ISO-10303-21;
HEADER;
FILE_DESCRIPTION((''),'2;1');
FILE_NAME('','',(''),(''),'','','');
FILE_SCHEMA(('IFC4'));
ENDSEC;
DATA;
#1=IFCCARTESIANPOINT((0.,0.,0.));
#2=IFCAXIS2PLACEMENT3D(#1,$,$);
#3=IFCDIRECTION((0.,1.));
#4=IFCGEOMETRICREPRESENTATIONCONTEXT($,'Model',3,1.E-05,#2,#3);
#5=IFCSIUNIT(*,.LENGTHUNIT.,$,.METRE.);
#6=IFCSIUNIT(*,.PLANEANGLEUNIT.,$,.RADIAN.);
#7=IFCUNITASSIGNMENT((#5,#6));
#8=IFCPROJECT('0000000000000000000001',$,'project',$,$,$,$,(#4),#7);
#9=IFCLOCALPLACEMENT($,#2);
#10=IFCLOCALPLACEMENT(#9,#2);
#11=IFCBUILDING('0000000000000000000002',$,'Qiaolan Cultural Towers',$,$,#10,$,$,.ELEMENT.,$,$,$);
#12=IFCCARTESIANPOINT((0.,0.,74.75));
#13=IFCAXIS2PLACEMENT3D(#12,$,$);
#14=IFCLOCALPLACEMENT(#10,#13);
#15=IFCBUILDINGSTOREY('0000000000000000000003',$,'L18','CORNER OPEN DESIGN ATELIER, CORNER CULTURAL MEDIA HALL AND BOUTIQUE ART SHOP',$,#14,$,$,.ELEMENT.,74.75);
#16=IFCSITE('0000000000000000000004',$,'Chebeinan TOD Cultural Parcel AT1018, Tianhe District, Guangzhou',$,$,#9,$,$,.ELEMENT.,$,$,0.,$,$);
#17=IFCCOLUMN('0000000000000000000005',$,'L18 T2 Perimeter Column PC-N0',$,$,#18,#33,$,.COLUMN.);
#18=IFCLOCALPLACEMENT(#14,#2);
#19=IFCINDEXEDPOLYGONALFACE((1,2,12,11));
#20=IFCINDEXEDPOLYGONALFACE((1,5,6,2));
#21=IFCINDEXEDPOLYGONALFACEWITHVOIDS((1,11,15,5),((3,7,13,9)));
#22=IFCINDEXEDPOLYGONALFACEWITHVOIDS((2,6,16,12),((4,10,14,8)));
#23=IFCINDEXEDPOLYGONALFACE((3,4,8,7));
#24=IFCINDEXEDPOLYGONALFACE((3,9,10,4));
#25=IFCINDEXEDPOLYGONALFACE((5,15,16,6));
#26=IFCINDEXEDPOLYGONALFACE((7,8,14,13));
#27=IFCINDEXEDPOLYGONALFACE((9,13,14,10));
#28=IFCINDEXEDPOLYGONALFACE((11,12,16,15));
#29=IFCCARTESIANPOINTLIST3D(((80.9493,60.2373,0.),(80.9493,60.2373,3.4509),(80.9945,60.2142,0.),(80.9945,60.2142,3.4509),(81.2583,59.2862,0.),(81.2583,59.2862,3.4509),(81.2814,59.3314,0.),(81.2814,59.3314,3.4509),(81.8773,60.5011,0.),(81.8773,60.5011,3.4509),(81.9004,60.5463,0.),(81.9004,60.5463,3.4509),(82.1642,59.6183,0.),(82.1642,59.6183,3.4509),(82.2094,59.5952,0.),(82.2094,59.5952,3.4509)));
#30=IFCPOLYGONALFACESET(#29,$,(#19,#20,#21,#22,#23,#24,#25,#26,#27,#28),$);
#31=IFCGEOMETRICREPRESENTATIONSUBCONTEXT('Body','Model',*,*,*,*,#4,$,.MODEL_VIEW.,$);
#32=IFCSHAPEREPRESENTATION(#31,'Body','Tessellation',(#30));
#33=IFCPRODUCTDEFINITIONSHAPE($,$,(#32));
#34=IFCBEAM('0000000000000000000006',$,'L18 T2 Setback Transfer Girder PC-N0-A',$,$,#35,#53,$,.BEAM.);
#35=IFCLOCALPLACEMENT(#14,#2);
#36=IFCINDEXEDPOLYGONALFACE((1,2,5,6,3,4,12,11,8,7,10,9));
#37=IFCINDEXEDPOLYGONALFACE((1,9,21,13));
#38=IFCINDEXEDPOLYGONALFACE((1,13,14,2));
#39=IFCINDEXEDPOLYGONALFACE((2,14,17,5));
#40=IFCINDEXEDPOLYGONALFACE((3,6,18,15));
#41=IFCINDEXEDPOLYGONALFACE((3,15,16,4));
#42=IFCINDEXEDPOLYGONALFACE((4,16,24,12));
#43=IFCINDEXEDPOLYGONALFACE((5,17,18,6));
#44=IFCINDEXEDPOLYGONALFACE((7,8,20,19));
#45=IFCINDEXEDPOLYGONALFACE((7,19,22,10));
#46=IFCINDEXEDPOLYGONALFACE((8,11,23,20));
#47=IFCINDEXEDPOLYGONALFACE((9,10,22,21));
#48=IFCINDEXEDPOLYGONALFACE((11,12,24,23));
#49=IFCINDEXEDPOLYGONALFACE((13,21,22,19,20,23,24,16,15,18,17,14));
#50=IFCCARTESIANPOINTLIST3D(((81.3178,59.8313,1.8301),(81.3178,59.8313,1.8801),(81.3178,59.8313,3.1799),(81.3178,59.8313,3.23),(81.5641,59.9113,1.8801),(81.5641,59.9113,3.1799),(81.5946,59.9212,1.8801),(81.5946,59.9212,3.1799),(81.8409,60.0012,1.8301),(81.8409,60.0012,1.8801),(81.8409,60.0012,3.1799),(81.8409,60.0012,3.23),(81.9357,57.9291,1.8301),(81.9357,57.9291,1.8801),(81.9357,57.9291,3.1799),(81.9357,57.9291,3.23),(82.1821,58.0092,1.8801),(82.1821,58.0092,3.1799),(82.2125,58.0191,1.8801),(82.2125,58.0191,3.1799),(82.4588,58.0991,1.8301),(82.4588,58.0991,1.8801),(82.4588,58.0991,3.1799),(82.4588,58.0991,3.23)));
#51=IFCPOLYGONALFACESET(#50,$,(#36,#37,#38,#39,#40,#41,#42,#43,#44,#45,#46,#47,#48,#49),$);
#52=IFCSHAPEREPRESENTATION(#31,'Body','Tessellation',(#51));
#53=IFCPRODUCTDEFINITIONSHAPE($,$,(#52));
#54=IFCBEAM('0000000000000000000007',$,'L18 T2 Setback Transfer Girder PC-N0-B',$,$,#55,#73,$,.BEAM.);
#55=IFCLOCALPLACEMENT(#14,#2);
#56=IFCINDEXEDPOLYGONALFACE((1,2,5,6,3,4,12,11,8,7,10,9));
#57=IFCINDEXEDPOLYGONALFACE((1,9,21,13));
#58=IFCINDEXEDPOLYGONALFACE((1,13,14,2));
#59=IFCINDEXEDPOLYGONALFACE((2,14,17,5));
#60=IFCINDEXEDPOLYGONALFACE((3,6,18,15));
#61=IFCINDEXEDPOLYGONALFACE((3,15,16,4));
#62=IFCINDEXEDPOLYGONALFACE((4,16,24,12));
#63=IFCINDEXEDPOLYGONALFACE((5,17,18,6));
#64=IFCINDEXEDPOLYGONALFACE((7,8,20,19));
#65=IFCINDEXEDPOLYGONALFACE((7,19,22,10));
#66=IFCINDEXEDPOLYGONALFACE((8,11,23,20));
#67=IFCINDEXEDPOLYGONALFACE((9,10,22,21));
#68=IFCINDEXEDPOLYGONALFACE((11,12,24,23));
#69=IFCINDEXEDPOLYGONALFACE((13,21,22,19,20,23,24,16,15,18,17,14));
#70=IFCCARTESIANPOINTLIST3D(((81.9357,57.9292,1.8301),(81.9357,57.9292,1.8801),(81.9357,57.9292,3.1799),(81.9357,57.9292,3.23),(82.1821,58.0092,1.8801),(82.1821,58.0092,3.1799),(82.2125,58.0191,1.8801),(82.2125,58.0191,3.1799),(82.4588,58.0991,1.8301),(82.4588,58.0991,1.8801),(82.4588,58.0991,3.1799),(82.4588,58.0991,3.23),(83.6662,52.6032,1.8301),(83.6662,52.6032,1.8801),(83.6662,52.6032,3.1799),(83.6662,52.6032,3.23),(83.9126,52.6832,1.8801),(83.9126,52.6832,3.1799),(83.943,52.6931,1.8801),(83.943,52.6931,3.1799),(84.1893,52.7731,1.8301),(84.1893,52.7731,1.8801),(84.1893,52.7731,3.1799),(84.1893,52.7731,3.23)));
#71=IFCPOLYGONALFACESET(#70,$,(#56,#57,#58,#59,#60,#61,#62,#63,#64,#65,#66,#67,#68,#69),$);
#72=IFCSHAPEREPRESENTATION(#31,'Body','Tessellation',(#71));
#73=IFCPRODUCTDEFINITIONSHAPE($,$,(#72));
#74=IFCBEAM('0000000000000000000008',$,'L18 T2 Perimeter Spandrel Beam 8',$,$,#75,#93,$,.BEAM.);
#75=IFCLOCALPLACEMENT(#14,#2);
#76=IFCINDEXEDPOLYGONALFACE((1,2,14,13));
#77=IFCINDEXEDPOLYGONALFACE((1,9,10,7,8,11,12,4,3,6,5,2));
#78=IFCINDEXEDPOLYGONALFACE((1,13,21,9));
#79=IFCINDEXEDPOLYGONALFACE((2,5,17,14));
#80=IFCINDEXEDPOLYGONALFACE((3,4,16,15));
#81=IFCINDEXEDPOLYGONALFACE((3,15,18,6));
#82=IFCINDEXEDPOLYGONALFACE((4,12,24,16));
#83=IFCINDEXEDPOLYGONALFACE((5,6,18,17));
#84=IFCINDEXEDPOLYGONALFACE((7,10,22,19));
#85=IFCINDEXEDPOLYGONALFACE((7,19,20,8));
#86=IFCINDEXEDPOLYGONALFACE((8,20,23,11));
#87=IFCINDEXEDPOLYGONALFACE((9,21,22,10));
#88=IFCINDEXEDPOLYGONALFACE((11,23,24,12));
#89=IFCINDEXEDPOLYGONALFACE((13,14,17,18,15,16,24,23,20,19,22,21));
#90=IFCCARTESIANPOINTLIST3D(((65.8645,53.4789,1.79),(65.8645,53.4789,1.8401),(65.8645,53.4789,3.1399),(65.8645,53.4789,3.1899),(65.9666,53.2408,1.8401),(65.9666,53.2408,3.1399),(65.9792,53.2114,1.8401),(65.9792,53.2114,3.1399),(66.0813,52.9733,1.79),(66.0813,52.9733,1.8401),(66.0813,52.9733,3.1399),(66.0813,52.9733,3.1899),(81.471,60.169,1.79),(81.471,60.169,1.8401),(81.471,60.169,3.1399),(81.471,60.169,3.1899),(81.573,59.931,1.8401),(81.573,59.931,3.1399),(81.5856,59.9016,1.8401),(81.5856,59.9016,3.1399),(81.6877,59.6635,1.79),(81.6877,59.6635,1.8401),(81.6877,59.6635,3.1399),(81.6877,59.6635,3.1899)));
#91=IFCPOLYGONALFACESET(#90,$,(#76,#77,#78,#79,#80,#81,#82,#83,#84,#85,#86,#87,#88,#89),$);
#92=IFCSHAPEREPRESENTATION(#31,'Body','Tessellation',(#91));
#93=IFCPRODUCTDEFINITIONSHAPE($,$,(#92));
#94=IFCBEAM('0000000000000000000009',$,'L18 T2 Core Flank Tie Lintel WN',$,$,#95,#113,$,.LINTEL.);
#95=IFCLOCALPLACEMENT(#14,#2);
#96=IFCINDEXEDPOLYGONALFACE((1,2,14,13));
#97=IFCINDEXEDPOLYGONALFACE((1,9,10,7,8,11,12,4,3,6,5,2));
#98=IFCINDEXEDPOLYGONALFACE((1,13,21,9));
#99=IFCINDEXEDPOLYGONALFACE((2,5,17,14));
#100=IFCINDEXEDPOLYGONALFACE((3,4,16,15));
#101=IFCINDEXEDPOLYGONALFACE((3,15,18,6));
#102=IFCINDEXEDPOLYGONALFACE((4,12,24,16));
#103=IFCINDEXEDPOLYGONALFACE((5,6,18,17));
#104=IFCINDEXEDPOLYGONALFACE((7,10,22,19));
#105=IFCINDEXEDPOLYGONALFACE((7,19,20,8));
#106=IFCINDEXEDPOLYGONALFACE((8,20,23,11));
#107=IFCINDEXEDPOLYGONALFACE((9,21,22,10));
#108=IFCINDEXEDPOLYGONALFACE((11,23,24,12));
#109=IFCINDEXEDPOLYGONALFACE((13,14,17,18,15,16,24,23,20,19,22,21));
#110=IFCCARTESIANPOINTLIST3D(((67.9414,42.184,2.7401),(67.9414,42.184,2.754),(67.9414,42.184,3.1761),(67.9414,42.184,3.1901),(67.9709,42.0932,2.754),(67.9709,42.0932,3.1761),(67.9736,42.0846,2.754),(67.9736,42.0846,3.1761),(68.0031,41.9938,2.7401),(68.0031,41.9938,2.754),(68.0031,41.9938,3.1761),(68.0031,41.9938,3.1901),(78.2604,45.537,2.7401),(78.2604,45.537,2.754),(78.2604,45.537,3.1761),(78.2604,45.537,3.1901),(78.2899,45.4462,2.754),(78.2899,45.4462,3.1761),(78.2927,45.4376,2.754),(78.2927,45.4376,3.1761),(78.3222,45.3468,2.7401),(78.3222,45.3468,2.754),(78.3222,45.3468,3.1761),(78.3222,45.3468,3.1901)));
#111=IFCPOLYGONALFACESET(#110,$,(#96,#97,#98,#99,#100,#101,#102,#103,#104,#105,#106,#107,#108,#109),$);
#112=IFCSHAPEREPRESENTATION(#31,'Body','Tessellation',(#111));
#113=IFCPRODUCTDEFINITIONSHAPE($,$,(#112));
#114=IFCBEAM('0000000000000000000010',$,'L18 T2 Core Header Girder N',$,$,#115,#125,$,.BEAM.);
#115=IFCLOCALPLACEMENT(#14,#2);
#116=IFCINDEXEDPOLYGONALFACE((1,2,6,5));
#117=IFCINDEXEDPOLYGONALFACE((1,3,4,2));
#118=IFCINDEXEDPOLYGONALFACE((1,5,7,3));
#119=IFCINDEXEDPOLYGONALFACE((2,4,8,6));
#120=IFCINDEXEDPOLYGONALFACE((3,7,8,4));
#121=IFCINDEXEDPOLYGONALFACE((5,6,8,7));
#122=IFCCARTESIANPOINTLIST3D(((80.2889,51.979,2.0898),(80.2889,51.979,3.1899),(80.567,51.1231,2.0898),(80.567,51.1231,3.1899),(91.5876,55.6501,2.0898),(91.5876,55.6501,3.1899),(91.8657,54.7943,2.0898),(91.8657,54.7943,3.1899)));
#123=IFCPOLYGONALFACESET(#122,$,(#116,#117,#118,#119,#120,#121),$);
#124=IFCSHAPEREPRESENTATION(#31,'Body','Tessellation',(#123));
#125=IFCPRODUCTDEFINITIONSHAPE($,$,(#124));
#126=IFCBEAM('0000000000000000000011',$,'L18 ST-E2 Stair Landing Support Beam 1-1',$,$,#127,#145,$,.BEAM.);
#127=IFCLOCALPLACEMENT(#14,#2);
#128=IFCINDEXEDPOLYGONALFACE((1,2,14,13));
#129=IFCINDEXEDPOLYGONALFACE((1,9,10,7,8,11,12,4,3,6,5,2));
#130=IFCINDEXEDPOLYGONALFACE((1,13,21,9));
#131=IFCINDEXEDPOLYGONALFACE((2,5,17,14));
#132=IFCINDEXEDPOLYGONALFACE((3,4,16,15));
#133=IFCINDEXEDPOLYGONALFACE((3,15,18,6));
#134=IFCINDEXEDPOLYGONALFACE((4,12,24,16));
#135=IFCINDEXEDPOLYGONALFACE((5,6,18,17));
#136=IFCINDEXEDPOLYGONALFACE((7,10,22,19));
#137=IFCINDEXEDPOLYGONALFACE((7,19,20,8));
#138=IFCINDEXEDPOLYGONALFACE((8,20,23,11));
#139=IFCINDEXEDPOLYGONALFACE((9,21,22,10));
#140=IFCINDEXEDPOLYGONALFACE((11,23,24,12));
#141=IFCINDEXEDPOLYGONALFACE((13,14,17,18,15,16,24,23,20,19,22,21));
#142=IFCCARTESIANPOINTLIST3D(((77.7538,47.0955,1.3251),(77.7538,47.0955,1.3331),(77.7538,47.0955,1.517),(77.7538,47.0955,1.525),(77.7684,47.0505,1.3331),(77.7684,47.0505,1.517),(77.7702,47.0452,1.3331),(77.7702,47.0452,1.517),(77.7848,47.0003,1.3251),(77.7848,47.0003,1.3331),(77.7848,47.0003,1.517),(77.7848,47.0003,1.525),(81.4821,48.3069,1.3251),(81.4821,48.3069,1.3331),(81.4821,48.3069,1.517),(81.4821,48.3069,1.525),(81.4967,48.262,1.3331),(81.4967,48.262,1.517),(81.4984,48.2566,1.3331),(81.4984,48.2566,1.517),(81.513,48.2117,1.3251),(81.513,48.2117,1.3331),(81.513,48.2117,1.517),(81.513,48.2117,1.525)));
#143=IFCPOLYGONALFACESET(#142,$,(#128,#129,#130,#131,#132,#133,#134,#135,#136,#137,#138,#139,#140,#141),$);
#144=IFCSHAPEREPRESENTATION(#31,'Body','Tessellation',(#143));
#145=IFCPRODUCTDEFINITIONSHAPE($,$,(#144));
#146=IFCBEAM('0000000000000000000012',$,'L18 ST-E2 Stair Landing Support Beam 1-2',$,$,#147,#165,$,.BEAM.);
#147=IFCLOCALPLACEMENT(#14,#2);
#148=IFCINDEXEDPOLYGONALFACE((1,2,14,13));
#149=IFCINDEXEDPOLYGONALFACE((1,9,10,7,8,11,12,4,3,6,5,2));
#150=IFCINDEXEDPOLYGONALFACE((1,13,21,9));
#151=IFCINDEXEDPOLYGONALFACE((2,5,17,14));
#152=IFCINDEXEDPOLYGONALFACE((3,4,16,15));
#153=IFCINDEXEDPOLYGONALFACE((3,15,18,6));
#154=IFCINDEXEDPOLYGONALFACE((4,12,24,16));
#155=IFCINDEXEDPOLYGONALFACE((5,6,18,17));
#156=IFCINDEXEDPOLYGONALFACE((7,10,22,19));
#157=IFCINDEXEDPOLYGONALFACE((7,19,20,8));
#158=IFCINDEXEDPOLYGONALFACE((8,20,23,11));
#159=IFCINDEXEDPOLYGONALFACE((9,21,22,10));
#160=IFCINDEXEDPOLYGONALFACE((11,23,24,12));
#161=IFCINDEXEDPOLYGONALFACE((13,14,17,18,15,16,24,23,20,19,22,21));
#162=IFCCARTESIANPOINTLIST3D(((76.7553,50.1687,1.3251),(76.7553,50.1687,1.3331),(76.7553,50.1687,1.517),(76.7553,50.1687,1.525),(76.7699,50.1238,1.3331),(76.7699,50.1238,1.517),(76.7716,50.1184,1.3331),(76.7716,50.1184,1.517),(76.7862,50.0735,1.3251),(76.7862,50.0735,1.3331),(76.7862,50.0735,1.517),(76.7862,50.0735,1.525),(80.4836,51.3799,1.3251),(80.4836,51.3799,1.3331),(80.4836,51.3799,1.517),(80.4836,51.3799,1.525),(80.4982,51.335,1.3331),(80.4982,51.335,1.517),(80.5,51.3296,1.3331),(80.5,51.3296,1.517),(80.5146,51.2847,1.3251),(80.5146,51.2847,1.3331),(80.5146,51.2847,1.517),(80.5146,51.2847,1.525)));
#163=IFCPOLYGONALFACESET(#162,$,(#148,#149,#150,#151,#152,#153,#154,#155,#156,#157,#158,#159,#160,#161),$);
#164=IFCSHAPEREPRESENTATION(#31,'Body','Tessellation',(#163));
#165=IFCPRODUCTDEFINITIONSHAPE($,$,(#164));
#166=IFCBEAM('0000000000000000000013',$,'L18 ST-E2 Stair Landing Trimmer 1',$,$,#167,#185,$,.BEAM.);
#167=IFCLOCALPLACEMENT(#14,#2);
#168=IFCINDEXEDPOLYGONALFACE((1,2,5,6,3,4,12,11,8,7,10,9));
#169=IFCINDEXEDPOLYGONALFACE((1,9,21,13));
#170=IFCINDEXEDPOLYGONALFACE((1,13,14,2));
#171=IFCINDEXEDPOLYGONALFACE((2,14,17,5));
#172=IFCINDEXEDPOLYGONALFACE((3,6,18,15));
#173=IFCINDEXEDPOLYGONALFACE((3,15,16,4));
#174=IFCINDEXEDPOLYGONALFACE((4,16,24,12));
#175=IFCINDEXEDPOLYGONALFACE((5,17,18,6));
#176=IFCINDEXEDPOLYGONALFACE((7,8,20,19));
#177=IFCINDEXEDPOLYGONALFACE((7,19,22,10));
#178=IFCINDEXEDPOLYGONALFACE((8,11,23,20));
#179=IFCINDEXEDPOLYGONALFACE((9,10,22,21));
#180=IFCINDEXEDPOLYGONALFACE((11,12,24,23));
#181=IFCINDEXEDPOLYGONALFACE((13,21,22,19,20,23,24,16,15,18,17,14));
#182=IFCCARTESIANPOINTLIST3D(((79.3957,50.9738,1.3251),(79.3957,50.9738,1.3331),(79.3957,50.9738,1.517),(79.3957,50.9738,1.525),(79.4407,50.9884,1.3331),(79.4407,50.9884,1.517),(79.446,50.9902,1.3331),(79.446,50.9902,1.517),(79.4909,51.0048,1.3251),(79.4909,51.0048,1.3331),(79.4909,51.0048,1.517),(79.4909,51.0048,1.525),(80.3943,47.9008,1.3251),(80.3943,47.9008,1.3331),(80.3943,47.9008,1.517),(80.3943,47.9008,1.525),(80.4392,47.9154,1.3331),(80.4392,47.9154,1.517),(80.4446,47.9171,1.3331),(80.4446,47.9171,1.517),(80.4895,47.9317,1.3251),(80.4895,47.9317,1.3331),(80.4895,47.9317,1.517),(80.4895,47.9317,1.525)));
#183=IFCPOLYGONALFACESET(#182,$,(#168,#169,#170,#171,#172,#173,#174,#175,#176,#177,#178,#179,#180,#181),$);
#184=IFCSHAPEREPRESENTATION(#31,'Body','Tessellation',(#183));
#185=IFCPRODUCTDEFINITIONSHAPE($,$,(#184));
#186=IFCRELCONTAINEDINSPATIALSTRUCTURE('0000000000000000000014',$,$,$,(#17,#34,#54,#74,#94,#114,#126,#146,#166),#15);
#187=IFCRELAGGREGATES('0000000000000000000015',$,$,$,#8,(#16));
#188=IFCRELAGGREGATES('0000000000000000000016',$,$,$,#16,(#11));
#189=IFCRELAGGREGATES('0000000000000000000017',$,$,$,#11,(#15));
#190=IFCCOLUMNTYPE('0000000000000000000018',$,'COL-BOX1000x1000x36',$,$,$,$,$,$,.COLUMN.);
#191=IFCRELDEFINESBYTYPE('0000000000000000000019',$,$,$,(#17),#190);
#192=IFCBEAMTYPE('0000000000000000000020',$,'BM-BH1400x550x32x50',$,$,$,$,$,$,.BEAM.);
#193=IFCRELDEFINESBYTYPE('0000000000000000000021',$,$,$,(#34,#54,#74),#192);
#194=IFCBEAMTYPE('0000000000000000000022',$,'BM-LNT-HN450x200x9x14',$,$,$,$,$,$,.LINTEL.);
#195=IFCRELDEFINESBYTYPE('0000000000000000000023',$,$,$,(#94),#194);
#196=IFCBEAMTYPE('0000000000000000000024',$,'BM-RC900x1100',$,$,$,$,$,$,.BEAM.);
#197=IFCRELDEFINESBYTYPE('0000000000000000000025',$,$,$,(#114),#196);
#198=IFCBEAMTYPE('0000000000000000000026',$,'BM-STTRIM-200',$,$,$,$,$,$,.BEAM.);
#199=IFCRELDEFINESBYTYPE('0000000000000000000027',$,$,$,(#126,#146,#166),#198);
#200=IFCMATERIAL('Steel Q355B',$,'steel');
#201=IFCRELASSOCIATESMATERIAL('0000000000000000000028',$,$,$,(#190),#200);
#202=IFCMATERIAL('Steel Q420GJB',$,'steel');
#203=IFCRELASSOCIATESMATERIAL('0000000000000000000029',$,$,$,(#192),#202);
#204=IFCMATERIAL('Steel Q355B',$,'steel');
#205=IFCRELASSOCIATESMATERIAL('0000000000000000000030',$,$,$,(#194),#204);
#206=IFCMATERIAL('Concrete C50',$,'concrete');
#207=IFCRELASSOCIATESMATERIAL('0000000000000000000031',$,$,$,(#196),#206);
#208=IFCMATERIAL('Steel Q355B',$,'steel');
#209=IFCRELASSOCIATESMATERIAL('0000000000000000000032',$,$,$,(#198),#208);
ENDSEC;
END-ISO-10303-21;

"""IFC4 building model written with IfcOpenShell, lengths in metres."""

from ifc_helpers import new_model, si_unit, direction, frame, origin, origin_2d, place, context, subcontext, project, spatial, rectangle, hollow_rectangle, i_section, extrude, material, material_profile, profile_set, type_object, element, save


model = new_model("IFC4")

# Units and contexts
model_context = context("Model", 3, precision=1e-05, world=origin(), true_north=direction((0.0, 1.0)))
body_context = subcontext(model_context, "Body", "Model", "MODEL_VIEW")
ifc_project = project(units=[si_unit("LENGTHUNIT", "METRE"), si_unit("PLANEANGLEUNIT", "RADIAN")], contexts=[model_context])

# Site, building, storey
site_placement = place(None, origin())
site = spatial("IfcSite", under=ifc_project, at=site_placement, Name="Chebeinan TOD Cultural Parcel AT1018, Tianhe District, Guangzhou", CompositionType="ELEMENT", RefElevation=0.0)
building_placement = place(site_placement, origin())
building = spatial("IfcBuilding", under=site, at=building_placement, Name="Qiaolan Cultural Towers", CompositionType="ELEMENT")
storey_placement = place(building_placement, frame((0.0, 0.0, 74.75)))
storey = spatial("IfcBuildingStorey", under=building, at=storey_placement, Name="L18", Description="CORNER OPEN DESIGN ATELIER, CORNER CULTURAL MEDIA HALL AND BOUTIQUE ART SHOP", CompositionType="ELEMENT", Elevation=74.75)

# Column
ifc_material_1 = material(Name="Steel Q355B", Category="steel")
ifc_material_profile_1 = material_profile(ifc_material_1, hollow_rectangle(XDim=1.0, YDim=1.0, WallThickness=0.0359, at=origin_2d()), Name="BOX1000x1000x36")
ifc_profile_set_1 = profile_set([ifc_material_profile_1], Name="Steel Q355B")
column_type = type_object("IfcColumnType", Name="COL-BOX1000x1000x36", PredefinedType="COLUMN", material=ifc_profile_set_1)
column_placement = place(storey_placement, frame((81.5793, 59.9163, 0.0), z_axis=(0.0, 0.0, 1.0), x_axis=(0.951057, 0.309017, 0.0)))
element("IfcColumn", 1, at=column_placement, inside=storey, type_object=column_type, Name="L18 T2 Perimeter Column PC-N0", PredefinedType="COLUMN", context=body_context, shape_type="SweptSolid", body=[
    extrude(hollow_rectangle(XDim=1.0, YDim=1.0, WallThickness=0.0359, at=origin_2d()), origin(), (0.0, 0.0, 1.0), 3.4509),
])

# Beams
ifc_material_2 = material(Name="Steel Q420GJB", Category="steel")
ifc_material_profile_2 = material_profile(ifc_material_2, i_section(OverallWidth=0.55, OverallDepth=1.3999, WebThickness=0.032, FlangeThickness=0.05, at=origin_2d()), Name="BH1400x550x32x50")
ifc_profile_set_2 = profile_set([ifc_material_profile_2], Name="Steel Q420GJB")
beam_type_1 = type_object("IfcBeamType", Name="BM-BH1400x550x32x50", PredefinedType="BEAM", material=ifc_profile_set_2)
beam_1_placement = place(storey_placement, frame((81.5793, 59.9163, 2.53), z_axis=(0.308967, -0.951073, 0.0), x_axis=(0.951073, 0.308967, 0.0)))
element("IfcBeam", 2, at=beam_1_placement, inside=storey, type_object=beam_type_1, Name="L18 T2 Setback Transfer Girder PC-N0-A", PredefinedType="BEAM", context=body_context, shape_type="SweptSolid", body=[
    extrude(i_section(OverallWidth=0.55, OverallDepth=1.3999, WebThickness=0.032, FlangeThickness=0.05, at=origin_2d()), origin(), (0.0, 0.0, 1.0), 2.0),
])
beam_2_placement = place(storey_placement, frame((82.1973, 58.0142, 2.53), z_axis=(0.309012, -0.951058, 0.0), x_axis=(0.951058, 0.309012, 0.0)))
element("IfcBeam", 3, at=beam_2_placement, inside=storey, type_object=beam_type_1, Name="L18 T2 Setback Transfer Girder PC-N0-B", PredefinedType="BEAM", context=body_context, shape_type="SweptSolid", body=[
    extrude(i_section(OverallWidth=0.55, OverallDepth=1.3999, WebThickness=0.032, FlangeThickness=0.05, at=origin_2d()), origin(), (0.0, 0.0, 1.0), 5.6001),
])
beam_3_placement = place(storey_placement, frame((81.5793, 59.9163, 2.49), z_axis=(-0.919109, -0.394004, 0.0), x_axis=(0.394004, -0.919109, 0.0)))
element("IfcBeam", 4, at=beam_3_placement, inside=storey, type_object=beam_type_1, Name="L18 T2 Perimeter Spandrel Beam 8", PredefinedType="BEAM", context=body_context, shape_type="SweptSolid", body=[
    extrude(i_section(OverallWidth=0.55, OverallDepth=1.3999, WebThickness=0.032, FlangeThickness=0.05, at=origin_2d()), origin(), (0.0, 0.0, 1.0), 16.98),
])
ifc_material_3 = material(Name="Steel Q355B", Category="steel")
ifc_material_profile_3 = material_profile(ifc_material_3, i_section(OverallWidth=0.2, OverallDepth=0.45, WebThickness=0.009, FlangeThickness=0.0139, at=origin_2d()), Name="HN450x200x9x14")
ifc_profile_set_3 = profile_set([ifc_material_profile_3], Name="Steel Q355B")
beam_type_2 = type_object("IfcBeamType", Name="BM-LNT-HN450x200x9x14", PredefinedType="LINTEL", material=ifc_profile_set_3)
beam_4_placement = place(storey_placement, frame((78.2913, 45.4419, 2.9651), z_axis=(-0.951052, -0.30903, 0.0), x_axis=(0.30903, -0.951052, 0.0)))
element("IfcBeam", 5, at=beam_4_placement, inside=storey, type_object=beam_type_2, Name="L18 T2 Core Flank Tie Lintel WN", PredefinedType="LINTEL", context=body_context, shape_type="SweptSolid", body=[
    extrude(i_section(OverallWidth=0.2, OverallDepth=0.45, WebThickness=0.009, FlangeThickness=0.0139, at=origin_2d()), origin(), (0.0, 0.0, 1.0), 10.8501),
])
ifc_material_4 = material(Name="Concrete C50", Category="concrete")
ifc_material_profile_4 = material_profile(ifc_material_4, rectangle(XDim=0.8999, YDim=1.1001, at=origin_2d()), Name="RC900x1100")
ifc_profile_set_4 = profile_set([ifc_material_profile_4], Name="Concrete C50")
beam_type_3 = type_object("IfcBeamType", Name="BM-RC900x1100", PredefinedType="BEAM", material=ifc_profile_set_4)
beam_5_placement = place(storey_placement, frame((80.428, 51.551, 2.6399), z_axis=(0.951056, 0.309018, 0.0), x_axis=(-0.309018, 0.951056, 0.0)))
element("IfcBeam", 6, at=beam_5_placement, inside=storey, type_object=beam_type_3, Name="L18 T2 Core Header Girder N", PredefinedType="BEAM", context=body_context, shape_type="SweptSolid", body=[
    extrude(rectangle(XDim=0.8999, YDim=1.1001, at=origin_2d()), origin(), (0.0, 0.0, 1.0), 11.8801),
])
ifc_material_5 = material(Name="Steel Q355B", Category="steel")
ifc_material_profile_5 = material_profile(ifc_material_5, i_section(OverallWidth=0.1001, OverallDepth=0.2, WebThickness=0.0056, FlangeThickness=0.0081, at=origin_2d()), Name="HN200x100x5.5x8")
ifc_profile_set_5 = profile_set([ifc_material_profile_5], Name="Steel Q355B")
beam_type_4 = type_object("IfcBeamType", Name="BM-STTRIM-200", PredefinedType="BEAM", material=ifc_profile_set_5)
for number, where, z_axis, x_axis, name in (
    (7, (77.7693, 47.0479, 1.425), (0.951054, 0.309026, 0.0), (-0.309026, 0.951054, 0.0), "L18 ST-E2 Stair Landing Support Beam 1-1"),
    (8, (76.7708, 50.1211, 1.425), (0.951072, 0.308969, 0.0), (-0.308969, 0.951072, 0.0), "L18 ST-E2 Stair Landing Support Beam 1-2"),
):
    element("IfcBeam", number, at=place(storey_placement, frame(where, z_axis=z_axis, x_axis=x_axis)), inside=storey, type_object=beam_type_4, Name=name, PredefinedType="BEAM", context=body_context, shape_type="SweptSolid", body=[
        extrude(i_section(OverallWidth=0.1001, OverallDepth=0.2, WebThickness=0.0056, FlangeThickness=0.0081, at=origin_2d()), origin(), (0.0, 0.0, 1.0), 3.9202),
    ])
beam_6_placement = place(storey_placement, frame((80.4419, 47.9163, 1.425), z_axis=(-0.309033, 0.951051, 0.0), x_axis=(-0.951051, -0.309033, 0.0)))
element("IfcBeam", 9, at=beam_6_placement, inside=storey, type_object=beam_type_4, Name="L18 ST-E2 Stair Landing Trimmer 1", PredefinedType="BEAM", context=body_context, shape_type="SweptSolid", body=[
    extrude(i_section(OverallWidth=0.1001, OverallDepth=0.2, WebThickness=0.0056, FlangeThickness=0.0081, at=origin_2d()), origin(), (0.0, 0.0, 1.0), 3.2312),
])

save(model, "model.ifc")
